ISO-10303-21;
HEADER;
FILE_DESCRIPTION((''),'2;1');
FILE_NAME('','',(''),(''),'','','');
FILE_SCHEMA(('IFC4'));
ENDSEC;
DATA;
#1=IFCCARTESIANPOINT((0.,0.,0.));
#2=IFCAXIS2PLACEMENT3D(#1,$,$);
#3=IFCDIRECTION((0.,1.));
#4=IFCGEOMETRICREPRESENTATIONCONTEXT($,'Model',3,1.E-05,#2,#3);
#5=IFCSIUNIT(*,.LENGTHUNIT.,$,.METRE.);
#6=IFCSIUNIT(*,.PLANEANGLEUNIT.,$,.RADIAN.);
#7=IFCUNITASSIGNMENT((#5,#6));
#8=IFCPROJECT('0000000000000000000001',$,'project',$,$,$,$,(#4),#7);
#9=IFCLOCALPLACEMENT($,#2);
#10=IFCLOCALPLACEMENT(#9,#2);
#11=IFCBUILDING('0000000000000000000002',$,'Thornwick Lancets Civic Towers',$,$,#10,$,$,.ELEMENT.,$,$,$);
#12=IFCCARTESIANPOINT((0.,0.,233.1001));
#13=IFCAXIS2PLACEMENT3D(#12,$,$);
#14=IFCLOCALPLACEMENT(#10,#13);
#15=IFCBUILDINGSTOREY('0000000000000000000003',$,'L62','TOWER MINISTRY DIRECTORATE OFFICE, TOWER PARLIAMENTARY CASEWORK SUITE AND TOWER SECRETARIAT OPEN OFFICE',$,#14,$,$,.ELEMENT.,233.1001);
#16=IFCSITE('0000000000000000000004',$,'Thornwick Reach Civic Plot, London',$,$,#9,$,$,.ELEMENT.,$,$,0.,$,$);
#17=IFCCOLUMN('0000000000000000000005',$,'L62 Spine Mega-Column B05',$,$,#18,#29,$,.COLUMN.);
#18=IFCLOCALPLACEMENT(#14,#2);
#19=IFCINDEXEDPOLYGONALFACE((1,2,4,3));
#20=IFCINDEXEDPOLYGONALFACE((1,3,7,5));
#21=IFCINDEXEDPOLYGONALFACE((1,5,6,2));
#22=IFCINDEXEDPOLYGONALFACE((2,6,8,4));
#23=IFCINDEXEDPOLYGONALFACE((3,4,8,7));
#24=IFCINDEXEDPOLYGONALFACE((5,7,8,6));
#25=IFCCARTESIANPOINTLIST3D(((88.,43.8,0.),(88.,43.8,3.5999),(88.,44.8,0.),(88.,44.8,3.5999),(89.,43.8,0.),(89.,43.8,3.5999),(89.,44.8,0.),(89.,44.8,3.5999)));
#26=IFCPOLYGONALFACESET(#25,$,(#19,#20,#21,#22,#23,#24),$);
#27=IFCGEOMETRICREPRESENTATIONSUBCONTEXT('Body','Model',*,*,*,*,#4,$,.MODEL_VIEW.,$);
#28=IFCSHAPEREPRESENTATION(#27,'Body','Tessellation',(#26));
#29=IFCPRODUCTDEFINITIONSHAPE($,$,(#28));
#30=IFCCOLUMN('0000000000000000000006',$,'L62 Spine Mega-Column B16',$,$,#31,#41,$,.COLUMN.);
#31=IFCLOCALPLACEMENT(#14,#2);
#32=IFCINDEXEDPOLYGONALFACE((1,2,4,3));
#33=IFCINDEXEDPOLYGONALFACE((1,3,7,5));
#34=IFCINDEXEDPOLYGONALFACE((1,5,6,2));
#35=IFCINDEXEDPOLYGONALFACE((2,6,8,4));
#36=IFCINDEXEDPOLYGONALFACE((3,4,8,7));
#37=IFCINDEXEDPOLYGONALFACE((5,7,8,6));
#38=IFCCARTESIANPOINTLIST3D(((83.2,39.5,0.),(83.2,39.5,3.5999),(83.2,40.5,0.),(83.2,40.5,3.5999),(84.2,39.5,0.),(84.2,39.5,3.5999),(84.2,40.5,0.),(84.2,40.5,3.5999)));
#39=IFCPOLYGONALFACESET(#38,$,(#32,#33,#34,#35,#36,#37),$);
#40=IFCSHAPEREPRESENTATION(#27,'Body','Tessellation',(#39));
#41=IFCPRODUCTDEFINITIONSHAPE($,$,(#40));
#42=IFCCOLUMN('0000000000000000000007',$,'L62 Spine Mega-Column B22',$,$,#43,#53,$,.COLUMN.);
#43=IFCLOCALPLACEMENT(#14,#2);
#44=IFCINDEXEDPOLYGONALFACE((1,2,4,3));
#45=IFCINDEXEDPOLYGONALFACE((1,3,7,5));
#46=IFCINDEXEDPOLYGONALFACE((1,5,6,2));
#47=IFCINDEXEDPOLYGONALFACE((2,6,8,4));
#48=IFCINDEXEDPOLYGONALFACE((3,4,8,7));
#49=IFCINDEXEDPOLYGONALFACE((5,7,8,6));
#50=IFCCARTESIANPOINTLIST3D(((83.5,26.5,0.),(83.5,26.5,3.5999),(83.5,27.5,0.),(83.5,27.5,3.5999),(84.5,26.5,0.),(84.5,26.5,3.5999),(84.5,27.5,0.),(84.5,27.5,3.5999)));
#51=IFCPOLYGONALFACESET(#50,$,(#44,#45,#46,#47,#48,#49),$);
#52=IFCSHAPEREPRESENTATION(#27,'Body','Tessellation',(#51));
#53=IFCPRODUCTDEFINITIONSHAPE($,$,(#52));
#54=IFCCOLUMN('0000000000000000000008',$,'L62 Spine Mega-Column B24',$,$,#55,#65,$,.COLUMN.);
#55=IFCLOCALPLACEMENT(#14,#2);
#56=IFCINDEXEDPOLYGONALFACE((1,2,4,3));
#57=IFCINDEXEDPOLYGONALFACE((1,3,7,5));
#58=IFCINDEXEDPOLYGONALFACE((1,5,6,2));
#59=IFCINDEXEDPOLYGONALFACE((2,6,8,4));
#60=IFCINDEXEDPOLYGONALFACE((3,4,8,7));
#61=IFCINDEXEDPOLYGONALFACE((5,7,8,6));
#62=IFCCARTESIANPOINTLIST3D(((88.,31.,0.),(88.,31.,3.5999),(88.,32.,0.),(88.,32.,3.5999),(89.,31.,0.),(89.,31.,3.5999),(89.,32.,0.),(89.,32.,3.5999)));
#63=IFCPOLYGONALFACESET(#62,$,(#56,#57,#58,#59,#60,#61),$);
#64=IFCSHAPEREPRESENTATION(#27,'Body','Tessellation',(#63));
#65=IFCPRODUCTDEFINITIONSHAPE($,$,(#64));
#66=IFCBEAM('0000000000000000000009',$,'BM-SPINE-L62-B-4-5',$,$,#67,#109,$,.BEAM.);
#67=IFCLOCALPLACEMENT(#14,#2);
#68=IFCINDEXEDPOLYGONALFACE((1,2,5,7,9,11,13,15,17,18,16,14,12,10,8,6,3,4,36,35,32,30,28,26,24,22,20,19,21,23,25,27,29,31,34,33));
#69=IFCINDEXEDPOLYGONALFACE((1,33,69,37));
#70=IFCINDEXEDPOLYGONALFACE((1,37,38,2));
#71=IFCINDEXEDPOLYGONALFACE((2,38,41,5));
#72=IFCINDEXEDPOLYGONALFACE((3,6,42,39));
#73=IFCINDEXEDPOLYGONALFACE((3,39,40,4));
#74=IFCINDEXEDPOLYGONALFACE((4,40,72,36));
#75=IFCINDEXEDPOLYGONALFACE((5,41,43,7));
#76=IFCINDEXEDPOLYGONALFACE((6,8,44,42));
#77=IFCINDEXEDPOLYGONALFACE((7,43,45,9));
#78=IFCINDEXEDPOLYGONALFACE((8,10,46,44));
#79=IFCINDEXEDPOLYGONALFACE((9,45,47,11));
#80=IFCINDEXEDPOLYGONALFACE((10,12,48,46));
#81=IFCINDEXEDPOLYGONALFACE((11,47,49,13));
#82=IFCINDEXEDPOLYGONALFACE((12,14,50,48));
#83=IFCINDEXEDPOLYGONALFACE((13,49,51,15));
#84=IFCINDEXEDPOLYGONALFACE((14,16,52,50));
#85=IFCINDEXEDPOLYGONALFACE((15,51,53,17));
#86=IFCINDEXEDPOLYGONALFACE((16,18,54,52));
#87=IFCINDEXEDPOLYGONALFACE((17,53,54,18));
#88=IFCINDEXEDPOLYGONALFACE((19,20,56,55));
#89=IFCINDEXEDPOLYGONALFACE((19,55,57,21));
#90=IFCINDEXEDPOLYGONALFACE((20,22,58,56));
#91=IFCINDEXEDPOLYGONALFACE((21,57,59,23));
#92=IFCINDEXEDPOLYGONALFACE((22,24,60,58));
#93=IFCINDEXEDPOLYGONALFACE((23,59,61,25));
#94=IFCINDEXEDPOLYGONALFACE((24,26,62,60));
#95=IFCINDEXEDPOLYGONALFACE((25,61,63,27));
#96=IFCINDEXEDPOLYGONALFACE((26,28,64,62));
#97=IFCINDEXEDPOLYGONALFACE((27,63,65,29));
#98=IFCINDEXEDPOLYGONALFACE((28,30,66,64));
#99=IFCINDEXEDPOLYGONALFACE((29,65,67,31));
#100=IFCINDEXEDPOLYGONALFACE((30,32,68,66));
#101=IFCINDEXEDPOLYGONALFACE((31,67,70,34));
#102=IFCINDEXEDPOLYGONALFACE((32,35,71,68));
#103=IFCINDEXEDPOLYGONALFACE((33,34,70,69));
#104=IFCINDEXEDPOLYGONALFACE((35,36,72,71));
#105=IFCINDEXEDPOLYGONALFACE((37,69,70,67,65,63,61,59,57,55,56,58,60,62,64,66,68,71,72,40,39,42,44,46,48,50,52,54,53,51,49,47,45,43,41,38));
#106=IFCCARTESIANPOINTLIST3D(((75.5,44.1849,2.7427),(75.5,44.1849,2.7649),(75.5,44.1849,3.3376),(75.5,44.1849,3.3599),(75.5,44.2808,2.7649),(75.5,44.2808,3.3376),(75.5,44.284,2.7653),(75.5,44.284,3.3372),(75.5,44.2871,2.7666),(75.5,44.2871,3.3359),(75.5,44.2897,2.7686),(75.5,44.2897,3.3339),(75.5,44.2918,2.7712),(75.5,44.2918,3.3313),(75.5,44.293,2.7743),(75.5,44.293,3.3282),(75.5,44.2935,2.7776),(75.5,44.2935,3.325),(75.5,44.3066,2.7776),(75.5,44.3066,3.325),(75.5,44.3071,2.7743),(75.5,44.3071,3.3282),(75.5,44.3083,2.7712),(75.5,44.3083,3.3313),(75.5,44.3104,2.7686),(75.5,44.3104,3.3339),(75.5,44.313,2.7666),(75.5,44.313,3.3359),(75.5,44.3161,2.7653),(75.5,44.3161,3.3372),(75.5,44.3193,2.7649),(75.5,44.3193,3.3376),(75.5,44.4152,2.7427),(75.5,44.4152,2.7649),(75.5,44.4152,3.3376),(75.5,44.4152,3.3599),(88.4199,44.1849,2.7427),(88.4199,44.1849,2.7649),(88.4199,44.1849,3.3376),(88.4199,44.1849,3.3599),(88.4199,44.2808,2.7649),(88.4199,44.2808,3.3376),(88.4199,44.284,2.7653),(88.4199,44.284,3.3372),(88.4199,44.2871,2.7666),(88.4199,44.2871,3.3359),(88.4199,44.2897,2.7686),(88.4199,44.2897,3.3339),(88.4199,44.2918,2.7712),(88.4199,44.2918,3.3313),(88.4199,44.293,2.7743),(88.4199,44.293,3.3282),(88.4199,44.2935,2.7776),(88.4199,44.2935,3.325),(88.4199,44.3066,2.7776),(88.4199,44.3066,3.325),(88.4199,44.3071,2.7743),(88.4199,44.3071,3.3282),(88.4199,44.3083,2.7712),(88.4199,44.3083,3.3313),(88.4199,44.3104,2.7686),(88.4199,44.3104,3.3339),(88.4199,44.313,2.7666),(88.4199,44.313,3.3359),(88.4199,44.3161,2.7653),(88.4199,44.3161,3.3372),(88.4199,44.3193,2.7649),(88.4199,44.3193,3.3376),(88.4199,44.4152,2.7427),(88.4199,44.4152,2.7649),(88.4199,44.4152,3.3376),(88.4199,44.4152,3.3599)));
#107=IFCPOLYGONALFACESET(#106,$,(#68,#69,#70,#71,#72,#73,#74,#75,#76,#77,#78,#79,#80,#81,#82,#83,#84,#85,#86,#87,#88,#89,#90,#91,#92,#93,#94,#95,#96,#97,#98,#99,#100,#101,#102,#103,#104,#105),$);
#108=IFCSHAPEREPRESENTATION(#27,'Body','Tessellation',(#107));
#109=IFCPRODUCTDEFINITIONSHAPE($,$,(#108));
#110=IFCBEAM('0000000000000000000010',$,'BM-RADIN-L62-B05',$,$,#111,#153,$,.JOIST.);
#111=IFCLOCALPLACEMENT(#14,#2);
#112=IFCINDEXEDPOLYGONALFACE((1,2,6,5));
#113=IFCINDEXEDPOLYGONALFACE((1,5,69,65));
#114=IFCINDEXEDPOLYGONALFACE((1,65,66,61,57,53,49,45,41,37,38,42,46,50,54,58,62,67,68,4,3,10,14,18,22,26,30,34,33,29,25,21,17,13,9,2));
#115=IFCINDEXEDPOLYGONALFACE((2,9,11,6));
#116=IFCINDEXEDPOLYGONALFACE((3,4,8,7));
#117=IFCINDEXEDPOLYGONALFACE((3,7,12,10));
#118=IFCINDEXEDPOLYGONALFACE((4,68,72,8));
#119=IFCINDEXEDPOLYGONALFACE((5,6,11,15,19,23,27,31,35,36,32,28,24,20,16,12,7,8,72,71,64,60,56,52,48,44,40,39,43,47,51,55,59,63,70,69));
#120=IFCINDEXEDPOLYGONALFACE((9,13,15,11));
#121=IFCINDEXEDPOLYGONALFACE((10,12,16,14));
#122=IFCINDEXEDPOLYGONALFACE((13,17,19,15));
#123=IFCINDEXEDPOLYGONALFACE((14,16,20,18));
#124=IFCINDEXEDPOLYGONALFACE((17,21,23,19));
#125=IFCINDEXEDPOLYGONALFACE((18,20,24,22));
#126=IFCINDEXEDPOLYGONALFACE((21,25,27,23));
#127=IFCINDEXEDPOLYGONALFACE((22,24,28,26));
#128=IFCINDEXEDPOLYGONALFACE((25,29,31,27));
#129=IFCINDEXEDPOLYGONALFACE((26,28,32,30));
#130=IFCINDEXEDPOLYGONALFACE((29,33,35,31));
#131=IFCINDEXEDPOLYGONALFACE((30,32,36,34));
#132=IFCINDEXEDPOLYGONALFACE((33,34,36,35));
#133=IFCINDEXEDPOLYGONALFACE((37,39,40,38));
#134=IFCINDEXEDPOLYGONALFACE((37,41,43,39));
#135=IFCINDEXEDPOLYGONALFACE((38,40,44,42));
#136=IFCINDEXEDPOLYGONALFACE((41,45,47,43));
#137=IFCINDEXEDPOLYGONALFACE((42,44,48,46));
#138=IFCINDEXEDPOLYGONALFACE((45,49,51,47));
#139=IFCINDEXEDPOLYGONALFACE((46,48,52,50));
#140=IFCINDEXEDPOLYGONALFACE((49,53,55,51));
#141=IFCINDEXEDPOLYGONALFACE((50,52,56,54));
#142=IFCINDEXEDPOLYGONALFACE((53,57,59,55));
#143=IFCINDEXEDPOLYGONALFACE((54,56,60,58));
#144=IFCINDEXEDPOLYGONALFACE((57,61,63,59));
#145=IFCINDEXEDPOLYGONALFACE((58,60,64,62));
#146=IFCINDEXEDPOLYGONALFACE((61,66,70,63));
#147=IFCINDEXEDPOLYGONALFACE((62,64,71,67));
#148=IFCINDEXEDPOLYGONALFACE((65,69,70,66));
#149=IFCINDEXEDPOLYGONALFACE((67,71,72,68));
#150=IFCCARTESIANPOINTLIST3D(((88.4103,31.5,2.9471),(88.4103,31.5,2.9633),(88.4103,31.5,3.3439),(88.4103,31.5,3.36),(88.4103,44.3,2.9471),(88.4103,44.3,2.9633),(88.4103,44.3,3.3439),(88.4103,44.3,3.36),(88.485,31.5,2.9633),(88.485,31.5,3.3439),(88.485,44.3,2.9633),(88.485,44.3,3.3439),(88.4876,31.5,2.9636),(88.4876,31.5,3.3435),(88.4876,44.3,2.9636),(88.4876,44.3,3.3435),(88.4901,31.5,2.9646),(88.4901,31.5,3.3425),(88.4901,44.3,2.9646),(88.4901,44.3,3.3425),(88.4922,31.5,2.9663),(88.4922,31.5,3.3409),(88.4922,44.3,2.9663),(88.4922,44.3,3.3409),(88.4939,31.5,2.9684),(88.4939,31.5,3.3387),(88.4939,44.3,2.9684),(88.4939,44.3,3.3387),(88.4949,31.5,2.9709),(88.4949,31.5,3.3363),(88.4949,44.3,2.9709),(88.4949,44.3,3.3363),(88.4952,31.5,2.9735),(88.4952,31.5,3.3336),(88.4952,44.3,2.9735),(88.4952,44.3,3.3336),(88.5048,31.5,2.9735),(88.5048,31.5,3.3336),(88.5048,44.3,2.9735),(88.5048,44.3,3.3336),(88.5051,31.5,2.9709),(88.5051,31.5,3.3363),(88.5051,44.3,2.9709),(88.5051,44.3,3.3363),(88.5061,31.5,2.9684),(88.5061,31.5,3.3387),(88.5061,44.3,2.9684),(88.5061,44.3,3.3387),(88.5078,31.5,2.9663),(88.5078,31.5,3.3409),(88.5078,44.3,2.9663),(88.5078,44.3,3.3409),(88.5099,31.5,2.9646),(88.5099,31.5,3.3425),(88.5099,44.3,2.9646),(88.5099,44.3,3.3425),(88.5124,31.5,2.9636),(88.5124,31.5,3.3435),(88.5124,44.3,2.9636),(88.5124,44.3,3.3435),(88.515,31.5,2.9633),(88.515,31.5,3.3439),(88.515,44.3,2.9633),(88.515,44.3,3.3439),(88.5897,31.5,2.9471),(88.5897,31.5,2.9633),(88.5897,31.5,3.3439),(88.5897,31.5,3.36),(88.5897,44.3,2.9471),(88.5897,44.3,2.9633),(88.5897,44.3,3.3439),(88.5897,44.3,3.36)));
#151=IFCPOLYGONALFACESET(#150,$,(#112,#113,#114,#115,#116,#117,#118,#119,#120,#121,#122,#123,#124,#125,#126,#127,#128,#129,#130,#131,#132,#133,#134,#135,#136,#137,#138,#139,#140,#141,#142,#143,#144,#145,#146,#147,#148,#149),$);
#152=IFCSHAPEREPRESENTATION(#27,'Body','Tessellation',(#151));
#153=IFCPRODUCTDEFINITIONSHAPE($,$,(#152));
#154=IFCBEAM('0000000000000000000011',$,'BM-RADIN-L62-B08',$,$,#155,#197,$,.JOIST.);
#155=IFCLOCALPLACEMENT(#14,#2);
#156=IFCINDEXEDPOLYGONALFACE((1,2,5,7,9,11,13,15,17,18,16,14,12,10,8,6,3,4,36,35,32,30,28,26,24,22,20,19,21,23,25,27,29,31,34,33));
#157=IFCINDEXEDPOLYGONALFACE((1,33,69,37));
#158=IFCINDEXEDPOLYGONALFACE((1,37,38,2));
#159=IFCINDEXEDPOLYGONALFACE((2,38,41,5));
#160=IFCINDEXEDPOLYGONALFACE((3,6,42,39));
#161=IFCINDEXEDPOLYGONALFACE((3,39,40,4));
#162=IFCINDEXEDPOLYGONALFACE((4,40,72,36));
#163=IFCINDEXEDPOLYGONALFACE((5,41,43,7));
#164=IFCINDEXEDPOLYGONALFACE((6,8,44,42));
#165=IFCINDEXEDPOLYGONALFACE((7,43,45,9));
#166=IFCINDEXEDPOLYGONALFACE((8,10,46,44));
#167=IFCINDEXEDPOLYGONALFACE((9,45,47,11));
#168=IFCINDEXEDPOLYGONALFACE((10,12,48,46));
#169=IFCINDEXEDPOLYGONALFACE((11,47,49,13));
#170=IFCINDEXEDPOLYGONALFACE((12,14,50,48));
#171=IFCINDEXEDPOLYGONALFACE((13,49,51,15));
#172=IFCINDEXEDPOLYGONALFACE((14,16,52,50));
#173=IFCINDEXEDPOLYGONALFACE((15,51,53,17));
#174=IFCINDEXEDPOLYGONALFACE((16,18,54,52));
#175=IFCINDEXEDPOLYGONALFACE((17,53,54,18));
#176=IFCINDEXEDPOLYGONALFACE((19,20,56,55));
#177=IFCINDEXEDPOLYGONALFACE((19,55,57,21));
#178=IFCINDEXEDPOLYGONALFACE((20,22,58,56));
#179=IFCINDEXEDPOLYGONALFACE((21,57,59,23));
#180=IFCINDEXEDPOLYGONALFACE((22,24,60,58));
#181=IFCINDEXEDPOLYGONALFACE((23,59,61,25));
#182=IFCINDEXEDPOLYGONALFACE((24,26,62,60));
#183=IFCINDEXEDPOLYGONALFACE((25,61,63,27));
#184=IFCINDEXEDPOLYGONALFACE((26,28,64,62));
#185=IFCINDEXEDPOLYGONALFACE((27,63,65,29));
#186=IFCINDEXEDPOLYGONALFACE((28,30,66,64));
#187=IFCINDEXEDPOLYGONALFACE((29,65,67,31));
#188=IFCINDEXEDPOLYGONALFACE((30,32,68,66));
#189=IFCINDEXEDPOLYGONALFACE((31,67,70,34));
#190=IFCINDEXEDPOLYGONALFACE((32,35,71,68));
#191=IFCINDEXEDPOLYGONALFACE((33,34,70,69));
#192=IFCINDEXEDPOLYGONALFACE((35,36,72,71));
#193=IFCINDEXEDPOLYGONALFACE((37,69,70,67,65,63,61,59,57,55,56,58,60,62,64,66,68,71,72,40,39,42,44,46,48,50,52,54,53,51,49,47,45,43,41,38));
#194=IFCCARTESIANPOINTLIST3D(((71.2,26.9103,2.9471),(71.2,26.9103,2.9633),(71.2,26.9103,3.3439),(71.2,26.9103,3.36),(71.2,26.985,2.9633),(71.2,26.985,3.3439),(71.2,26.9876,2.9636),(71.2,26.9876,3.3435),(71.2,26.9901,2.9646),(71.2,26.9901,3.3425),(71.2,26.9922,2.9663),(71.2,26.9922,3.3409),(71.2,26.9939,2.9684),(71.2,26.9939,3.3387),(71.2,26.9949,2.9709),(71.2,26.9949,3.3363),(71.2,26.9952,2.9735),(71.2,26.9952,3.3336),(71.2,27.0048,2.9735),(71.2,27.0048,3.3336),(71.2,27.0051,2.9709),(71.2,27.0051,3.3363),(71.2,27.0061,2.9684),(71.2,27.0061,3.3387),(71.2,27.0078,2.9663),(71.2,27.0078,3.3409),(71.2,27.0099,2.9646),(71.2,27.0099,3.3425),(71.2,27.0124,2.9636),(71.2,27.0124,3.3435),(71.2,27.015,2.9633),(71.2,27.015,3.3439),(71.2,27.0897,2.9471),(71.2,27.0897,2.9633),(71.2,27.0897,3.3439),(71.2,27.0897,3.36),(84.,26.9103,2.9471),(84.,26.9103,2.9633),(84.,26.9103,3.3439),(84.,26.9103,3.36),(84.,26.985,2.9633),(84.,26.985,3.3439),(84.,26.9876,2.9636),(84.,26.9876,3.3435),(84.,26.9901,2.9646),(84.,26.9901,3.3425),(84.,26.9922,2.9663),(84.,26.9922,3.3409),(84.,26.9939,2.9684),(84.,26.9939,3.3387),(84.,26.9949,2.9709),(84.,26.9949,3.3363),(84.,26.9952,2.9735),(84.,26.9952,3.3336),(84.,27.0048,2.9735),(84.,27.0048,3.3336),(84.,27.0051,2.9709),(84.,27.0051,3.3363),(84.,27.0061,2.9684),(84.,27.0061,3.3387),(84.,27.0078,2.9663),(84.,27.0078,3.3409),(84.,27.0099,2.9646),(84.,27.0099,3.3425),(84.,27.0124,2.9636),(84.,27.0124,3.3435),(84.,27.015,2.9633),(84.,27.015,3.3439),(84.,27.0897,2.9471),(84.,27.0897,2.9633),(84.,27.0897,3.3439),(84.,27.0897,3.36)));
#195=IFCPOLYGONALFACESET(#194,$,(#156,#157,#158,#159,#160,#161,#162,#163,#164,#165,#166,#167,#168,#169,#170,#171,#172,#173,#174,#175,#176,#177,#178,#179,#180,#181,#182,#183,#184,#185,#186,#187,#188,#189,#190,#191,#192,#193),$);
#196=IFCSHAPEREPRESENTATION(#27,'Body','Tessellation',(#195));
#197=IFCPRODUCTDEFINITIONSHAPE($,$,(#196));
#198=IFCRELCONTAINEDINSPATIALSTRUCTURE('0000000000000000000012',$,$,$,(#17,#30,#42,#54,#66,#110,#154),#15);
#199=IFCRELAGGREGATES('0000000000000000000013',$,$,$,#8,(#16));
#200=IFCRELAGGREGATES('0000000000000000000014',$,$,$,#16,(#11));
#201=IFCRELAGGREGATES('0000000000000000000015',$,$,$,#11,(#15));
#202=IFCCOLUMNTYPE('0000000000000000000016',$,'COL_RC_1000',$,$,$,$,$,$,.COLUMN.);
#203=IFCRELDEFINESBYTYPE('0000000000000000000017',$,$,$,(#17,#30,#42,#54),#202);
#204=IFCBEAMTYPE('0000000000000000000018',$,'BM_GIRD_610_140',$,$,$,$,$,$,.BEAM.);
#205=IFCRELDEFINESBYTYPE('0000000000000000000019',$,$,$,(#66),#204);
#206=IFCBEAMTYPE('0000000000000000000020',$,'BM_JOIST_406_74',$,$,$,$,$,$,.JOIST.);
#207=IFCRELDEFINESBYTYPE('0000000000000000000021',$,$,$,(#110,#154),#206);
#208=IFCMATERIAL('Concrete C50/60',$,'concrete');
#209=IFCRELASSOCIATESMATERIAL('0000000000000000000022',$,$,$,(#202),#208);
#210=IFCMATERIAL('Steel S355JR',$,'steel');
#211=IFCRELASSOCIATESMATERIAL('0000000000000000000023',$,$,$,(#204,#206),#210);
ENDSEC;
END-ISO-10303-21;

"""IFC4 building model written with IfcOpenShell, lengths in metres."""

from ifc_helpers import new_model, si_unit, direction, frame, origin, origin_2d, place, context, subcontext, project, spatial, rectangle, i_section, extrude, material, material_profile, profile_set, type_object, element, save


model = new_model("IFC4")

# Units and contexts
model_context = context("Model", 3, precision=1e-05, world=origin(), true_north=direction((0.0, 1.0)))
body_context = subcontext(model_context, "Body", "Model", "MODEL_VIEW")
ifc_project = project(units=[si_unit("LENGTHUNIT", "METRE"), si_unit("PLANEANGLEUNIT", "RADIAN")], contexts=[model_context])

# Site, building, storey
site_placement = place(None, origin())
site = spatial("IfcSite", under=ifc_project, at=site_placement, Name="Thornwick Reach Civic Plot, London", CompositionType="ELEMENT", RefElevation=0.0)
building_placement = place(site_placement, origin())
building = spatial("IfcBuilding", under=site, at=building_placement, Name="Thornwick Lancets Civic Towers", CompositionType="ELEMENT")
storey_placement = place(building_placement, frame((0.0, 0.0, 233.1001)))
storey = spatial("IfcBuildingStorey", under=building, at=storey_placement, Name="L62", Description="TOWER MINISTRY DIRECTORATE OFFICE, TOWER PARLIAMENTARY CASEWORK SUITE AND TOWER SECRETARIAT OPEN OFFICE", CompositionType="ELEMENT", Elevation=233.1001)

# Columns
ifc_material_1 = material(Name="Concrete C50/60", Category="concrete")
ifc_material_profile_1 = material_profile(ifc_material_1, rectangle(XDim=1.0, YDim=1.0, at=origin_2d()), Name="RC 1000x1000")
ifc_profile_set_1 = profile_set([ifc_material_profile_1], Name="Concrete C50/60")
column_type = type_object("IfcColumnType", Name="COL_RC_1000", PredefinedType="COLUMN", material=ifc_profile_set_1)
for number, where, z_axis, x_axis, name in (
    (1, (88.5, 44.3, 0.0), (0.0, 0.0, 1.0), (1.0, 0.0, 0.0), "L62 Spine Mega-Column B05"),
    (2, (83.7, 40.0, 0.0), (0.0, 0.0, 1.0), (1.0, 0.0, 0.0), "L62 Spine Mega-Column B16"),
    (3, (84.0, 27.0, 0.0), (0.0, 0.0, 1.0), (1.0, 0.0, 0.0), "L62 Spine Mega-Column B22"),
    (4, (88.5, 31.5, 0.0), (0.0, 0.0, 1.0), (1.0, 0.0, 0.0), "L62 Spine Mega-Column B24"),
):
    element("IfcColumn", number, at=place(storey_placement, frame(where, z_axis=z_axis, x_axis=x_axis)), inside=storey, type_object=column_type, Name=name, PredefinedType="COLUMN", context=body_context, shape_type="SweptSolid", body=[
        extrude(rectangle(XDim=1.0, YDim=1.0, at=origin_2d()), origin(), (0.0, 0.0, 1.0), 3.5999),
    ])

# Beams
ifc_material_2 = material(Name="Steel S355JR", Category="steel")
ifc_material_profile_2 = material_profile(ifc_material_2, i_section(OverallWidth=0.2302, OverallDepth=0.6172, WebThickness=0.0132, FlangeThickness=0.0222, FilletRadius=0.0127, at=origin_2d()), Name="UKB 610x229x140")
ifc_profile_set_2 = profile_set([ifc_material_profile_2], Name="Steel S355JR")
beam_type_1 = type_object("IfcBeamType", Name="BM_GIRD_610_140", PredefinedType="BEAM", material=ifc_profile_set_2)
beam_1_placement = place(storey_placement, frame((88.4199, 44.3, 3.0513), z_axis=(-1.0, 0.0, 0.0), x_axis=(0.0, -1.0, 0.0)))
element("IfcBeam", 5, at=beam_1_placement, inside=storey, type_object=beam_type_1, Name="BM-SPINE-L62-B-4-5", PredefinedType="BEAM", context=body_context, shape_type="SweptSolid", body=[
    extrude(i_section(OverallWidth=0.2302, OverallDepth=0.6172, WebThickness=0.0132, FlangeThickness=0.0222, FilletRadius=0.0127, at=origin_2d()), origin(), (0.0, 0.0, 1.0), 12.9199),
])
ifc_material_profile_3 = material_profile(ifc_material_2, i_section(OverallWidth=0.1794, OverallDepth=0.4128, WebThickness=0.0095, FlangeThickness=0.0161, FilletRadius=0.0103, at=origin_2d()), Name="UKB 406x178x74")
ifc_profile_set_3 = profile_set([ifc_material_profile_3], Name="Steel S355JR")
beam_type_2 = type_object("IfcBeamType", Name="BM_JOIST_406_74", PredefinedType="JOIST", material=ifc_profile_set_3)
for number, where, z_axis, x_axis, name in (
    (6, (88.5, 31.5, 3.1536), (0.0, 1.0, 0.0), (-1.0, 0.0, 0.0), "BM-RADIN-L62-B05"),
    (7, (84.0, 27.0, 3.1536), (-1.0, 0.0, 0.0), (0.0, -1.0, 0.0), "BM-RADIN-L62-B08"),
):
    element("IfcBeam", number, at=place(storey_placement, frame(where, z_axis=z_axis, x_axis=x_axis)), inside=storey, type_object=beam_type_2, Name=name, PredefinedType="JOIST", context=body_context, shape_type="SweptSolid", body=[
        extrude(i_section(OverallWidth=0.1794, OverallDepth=0.4128, WebThickness=0.0095, FlangeThickness=0.0161, FilletRadius=0.0103, at=origin_2d()), origin(), (0.0, 0.0, 1.0), 12.8),
    ])

save(model, "model.ifc")
